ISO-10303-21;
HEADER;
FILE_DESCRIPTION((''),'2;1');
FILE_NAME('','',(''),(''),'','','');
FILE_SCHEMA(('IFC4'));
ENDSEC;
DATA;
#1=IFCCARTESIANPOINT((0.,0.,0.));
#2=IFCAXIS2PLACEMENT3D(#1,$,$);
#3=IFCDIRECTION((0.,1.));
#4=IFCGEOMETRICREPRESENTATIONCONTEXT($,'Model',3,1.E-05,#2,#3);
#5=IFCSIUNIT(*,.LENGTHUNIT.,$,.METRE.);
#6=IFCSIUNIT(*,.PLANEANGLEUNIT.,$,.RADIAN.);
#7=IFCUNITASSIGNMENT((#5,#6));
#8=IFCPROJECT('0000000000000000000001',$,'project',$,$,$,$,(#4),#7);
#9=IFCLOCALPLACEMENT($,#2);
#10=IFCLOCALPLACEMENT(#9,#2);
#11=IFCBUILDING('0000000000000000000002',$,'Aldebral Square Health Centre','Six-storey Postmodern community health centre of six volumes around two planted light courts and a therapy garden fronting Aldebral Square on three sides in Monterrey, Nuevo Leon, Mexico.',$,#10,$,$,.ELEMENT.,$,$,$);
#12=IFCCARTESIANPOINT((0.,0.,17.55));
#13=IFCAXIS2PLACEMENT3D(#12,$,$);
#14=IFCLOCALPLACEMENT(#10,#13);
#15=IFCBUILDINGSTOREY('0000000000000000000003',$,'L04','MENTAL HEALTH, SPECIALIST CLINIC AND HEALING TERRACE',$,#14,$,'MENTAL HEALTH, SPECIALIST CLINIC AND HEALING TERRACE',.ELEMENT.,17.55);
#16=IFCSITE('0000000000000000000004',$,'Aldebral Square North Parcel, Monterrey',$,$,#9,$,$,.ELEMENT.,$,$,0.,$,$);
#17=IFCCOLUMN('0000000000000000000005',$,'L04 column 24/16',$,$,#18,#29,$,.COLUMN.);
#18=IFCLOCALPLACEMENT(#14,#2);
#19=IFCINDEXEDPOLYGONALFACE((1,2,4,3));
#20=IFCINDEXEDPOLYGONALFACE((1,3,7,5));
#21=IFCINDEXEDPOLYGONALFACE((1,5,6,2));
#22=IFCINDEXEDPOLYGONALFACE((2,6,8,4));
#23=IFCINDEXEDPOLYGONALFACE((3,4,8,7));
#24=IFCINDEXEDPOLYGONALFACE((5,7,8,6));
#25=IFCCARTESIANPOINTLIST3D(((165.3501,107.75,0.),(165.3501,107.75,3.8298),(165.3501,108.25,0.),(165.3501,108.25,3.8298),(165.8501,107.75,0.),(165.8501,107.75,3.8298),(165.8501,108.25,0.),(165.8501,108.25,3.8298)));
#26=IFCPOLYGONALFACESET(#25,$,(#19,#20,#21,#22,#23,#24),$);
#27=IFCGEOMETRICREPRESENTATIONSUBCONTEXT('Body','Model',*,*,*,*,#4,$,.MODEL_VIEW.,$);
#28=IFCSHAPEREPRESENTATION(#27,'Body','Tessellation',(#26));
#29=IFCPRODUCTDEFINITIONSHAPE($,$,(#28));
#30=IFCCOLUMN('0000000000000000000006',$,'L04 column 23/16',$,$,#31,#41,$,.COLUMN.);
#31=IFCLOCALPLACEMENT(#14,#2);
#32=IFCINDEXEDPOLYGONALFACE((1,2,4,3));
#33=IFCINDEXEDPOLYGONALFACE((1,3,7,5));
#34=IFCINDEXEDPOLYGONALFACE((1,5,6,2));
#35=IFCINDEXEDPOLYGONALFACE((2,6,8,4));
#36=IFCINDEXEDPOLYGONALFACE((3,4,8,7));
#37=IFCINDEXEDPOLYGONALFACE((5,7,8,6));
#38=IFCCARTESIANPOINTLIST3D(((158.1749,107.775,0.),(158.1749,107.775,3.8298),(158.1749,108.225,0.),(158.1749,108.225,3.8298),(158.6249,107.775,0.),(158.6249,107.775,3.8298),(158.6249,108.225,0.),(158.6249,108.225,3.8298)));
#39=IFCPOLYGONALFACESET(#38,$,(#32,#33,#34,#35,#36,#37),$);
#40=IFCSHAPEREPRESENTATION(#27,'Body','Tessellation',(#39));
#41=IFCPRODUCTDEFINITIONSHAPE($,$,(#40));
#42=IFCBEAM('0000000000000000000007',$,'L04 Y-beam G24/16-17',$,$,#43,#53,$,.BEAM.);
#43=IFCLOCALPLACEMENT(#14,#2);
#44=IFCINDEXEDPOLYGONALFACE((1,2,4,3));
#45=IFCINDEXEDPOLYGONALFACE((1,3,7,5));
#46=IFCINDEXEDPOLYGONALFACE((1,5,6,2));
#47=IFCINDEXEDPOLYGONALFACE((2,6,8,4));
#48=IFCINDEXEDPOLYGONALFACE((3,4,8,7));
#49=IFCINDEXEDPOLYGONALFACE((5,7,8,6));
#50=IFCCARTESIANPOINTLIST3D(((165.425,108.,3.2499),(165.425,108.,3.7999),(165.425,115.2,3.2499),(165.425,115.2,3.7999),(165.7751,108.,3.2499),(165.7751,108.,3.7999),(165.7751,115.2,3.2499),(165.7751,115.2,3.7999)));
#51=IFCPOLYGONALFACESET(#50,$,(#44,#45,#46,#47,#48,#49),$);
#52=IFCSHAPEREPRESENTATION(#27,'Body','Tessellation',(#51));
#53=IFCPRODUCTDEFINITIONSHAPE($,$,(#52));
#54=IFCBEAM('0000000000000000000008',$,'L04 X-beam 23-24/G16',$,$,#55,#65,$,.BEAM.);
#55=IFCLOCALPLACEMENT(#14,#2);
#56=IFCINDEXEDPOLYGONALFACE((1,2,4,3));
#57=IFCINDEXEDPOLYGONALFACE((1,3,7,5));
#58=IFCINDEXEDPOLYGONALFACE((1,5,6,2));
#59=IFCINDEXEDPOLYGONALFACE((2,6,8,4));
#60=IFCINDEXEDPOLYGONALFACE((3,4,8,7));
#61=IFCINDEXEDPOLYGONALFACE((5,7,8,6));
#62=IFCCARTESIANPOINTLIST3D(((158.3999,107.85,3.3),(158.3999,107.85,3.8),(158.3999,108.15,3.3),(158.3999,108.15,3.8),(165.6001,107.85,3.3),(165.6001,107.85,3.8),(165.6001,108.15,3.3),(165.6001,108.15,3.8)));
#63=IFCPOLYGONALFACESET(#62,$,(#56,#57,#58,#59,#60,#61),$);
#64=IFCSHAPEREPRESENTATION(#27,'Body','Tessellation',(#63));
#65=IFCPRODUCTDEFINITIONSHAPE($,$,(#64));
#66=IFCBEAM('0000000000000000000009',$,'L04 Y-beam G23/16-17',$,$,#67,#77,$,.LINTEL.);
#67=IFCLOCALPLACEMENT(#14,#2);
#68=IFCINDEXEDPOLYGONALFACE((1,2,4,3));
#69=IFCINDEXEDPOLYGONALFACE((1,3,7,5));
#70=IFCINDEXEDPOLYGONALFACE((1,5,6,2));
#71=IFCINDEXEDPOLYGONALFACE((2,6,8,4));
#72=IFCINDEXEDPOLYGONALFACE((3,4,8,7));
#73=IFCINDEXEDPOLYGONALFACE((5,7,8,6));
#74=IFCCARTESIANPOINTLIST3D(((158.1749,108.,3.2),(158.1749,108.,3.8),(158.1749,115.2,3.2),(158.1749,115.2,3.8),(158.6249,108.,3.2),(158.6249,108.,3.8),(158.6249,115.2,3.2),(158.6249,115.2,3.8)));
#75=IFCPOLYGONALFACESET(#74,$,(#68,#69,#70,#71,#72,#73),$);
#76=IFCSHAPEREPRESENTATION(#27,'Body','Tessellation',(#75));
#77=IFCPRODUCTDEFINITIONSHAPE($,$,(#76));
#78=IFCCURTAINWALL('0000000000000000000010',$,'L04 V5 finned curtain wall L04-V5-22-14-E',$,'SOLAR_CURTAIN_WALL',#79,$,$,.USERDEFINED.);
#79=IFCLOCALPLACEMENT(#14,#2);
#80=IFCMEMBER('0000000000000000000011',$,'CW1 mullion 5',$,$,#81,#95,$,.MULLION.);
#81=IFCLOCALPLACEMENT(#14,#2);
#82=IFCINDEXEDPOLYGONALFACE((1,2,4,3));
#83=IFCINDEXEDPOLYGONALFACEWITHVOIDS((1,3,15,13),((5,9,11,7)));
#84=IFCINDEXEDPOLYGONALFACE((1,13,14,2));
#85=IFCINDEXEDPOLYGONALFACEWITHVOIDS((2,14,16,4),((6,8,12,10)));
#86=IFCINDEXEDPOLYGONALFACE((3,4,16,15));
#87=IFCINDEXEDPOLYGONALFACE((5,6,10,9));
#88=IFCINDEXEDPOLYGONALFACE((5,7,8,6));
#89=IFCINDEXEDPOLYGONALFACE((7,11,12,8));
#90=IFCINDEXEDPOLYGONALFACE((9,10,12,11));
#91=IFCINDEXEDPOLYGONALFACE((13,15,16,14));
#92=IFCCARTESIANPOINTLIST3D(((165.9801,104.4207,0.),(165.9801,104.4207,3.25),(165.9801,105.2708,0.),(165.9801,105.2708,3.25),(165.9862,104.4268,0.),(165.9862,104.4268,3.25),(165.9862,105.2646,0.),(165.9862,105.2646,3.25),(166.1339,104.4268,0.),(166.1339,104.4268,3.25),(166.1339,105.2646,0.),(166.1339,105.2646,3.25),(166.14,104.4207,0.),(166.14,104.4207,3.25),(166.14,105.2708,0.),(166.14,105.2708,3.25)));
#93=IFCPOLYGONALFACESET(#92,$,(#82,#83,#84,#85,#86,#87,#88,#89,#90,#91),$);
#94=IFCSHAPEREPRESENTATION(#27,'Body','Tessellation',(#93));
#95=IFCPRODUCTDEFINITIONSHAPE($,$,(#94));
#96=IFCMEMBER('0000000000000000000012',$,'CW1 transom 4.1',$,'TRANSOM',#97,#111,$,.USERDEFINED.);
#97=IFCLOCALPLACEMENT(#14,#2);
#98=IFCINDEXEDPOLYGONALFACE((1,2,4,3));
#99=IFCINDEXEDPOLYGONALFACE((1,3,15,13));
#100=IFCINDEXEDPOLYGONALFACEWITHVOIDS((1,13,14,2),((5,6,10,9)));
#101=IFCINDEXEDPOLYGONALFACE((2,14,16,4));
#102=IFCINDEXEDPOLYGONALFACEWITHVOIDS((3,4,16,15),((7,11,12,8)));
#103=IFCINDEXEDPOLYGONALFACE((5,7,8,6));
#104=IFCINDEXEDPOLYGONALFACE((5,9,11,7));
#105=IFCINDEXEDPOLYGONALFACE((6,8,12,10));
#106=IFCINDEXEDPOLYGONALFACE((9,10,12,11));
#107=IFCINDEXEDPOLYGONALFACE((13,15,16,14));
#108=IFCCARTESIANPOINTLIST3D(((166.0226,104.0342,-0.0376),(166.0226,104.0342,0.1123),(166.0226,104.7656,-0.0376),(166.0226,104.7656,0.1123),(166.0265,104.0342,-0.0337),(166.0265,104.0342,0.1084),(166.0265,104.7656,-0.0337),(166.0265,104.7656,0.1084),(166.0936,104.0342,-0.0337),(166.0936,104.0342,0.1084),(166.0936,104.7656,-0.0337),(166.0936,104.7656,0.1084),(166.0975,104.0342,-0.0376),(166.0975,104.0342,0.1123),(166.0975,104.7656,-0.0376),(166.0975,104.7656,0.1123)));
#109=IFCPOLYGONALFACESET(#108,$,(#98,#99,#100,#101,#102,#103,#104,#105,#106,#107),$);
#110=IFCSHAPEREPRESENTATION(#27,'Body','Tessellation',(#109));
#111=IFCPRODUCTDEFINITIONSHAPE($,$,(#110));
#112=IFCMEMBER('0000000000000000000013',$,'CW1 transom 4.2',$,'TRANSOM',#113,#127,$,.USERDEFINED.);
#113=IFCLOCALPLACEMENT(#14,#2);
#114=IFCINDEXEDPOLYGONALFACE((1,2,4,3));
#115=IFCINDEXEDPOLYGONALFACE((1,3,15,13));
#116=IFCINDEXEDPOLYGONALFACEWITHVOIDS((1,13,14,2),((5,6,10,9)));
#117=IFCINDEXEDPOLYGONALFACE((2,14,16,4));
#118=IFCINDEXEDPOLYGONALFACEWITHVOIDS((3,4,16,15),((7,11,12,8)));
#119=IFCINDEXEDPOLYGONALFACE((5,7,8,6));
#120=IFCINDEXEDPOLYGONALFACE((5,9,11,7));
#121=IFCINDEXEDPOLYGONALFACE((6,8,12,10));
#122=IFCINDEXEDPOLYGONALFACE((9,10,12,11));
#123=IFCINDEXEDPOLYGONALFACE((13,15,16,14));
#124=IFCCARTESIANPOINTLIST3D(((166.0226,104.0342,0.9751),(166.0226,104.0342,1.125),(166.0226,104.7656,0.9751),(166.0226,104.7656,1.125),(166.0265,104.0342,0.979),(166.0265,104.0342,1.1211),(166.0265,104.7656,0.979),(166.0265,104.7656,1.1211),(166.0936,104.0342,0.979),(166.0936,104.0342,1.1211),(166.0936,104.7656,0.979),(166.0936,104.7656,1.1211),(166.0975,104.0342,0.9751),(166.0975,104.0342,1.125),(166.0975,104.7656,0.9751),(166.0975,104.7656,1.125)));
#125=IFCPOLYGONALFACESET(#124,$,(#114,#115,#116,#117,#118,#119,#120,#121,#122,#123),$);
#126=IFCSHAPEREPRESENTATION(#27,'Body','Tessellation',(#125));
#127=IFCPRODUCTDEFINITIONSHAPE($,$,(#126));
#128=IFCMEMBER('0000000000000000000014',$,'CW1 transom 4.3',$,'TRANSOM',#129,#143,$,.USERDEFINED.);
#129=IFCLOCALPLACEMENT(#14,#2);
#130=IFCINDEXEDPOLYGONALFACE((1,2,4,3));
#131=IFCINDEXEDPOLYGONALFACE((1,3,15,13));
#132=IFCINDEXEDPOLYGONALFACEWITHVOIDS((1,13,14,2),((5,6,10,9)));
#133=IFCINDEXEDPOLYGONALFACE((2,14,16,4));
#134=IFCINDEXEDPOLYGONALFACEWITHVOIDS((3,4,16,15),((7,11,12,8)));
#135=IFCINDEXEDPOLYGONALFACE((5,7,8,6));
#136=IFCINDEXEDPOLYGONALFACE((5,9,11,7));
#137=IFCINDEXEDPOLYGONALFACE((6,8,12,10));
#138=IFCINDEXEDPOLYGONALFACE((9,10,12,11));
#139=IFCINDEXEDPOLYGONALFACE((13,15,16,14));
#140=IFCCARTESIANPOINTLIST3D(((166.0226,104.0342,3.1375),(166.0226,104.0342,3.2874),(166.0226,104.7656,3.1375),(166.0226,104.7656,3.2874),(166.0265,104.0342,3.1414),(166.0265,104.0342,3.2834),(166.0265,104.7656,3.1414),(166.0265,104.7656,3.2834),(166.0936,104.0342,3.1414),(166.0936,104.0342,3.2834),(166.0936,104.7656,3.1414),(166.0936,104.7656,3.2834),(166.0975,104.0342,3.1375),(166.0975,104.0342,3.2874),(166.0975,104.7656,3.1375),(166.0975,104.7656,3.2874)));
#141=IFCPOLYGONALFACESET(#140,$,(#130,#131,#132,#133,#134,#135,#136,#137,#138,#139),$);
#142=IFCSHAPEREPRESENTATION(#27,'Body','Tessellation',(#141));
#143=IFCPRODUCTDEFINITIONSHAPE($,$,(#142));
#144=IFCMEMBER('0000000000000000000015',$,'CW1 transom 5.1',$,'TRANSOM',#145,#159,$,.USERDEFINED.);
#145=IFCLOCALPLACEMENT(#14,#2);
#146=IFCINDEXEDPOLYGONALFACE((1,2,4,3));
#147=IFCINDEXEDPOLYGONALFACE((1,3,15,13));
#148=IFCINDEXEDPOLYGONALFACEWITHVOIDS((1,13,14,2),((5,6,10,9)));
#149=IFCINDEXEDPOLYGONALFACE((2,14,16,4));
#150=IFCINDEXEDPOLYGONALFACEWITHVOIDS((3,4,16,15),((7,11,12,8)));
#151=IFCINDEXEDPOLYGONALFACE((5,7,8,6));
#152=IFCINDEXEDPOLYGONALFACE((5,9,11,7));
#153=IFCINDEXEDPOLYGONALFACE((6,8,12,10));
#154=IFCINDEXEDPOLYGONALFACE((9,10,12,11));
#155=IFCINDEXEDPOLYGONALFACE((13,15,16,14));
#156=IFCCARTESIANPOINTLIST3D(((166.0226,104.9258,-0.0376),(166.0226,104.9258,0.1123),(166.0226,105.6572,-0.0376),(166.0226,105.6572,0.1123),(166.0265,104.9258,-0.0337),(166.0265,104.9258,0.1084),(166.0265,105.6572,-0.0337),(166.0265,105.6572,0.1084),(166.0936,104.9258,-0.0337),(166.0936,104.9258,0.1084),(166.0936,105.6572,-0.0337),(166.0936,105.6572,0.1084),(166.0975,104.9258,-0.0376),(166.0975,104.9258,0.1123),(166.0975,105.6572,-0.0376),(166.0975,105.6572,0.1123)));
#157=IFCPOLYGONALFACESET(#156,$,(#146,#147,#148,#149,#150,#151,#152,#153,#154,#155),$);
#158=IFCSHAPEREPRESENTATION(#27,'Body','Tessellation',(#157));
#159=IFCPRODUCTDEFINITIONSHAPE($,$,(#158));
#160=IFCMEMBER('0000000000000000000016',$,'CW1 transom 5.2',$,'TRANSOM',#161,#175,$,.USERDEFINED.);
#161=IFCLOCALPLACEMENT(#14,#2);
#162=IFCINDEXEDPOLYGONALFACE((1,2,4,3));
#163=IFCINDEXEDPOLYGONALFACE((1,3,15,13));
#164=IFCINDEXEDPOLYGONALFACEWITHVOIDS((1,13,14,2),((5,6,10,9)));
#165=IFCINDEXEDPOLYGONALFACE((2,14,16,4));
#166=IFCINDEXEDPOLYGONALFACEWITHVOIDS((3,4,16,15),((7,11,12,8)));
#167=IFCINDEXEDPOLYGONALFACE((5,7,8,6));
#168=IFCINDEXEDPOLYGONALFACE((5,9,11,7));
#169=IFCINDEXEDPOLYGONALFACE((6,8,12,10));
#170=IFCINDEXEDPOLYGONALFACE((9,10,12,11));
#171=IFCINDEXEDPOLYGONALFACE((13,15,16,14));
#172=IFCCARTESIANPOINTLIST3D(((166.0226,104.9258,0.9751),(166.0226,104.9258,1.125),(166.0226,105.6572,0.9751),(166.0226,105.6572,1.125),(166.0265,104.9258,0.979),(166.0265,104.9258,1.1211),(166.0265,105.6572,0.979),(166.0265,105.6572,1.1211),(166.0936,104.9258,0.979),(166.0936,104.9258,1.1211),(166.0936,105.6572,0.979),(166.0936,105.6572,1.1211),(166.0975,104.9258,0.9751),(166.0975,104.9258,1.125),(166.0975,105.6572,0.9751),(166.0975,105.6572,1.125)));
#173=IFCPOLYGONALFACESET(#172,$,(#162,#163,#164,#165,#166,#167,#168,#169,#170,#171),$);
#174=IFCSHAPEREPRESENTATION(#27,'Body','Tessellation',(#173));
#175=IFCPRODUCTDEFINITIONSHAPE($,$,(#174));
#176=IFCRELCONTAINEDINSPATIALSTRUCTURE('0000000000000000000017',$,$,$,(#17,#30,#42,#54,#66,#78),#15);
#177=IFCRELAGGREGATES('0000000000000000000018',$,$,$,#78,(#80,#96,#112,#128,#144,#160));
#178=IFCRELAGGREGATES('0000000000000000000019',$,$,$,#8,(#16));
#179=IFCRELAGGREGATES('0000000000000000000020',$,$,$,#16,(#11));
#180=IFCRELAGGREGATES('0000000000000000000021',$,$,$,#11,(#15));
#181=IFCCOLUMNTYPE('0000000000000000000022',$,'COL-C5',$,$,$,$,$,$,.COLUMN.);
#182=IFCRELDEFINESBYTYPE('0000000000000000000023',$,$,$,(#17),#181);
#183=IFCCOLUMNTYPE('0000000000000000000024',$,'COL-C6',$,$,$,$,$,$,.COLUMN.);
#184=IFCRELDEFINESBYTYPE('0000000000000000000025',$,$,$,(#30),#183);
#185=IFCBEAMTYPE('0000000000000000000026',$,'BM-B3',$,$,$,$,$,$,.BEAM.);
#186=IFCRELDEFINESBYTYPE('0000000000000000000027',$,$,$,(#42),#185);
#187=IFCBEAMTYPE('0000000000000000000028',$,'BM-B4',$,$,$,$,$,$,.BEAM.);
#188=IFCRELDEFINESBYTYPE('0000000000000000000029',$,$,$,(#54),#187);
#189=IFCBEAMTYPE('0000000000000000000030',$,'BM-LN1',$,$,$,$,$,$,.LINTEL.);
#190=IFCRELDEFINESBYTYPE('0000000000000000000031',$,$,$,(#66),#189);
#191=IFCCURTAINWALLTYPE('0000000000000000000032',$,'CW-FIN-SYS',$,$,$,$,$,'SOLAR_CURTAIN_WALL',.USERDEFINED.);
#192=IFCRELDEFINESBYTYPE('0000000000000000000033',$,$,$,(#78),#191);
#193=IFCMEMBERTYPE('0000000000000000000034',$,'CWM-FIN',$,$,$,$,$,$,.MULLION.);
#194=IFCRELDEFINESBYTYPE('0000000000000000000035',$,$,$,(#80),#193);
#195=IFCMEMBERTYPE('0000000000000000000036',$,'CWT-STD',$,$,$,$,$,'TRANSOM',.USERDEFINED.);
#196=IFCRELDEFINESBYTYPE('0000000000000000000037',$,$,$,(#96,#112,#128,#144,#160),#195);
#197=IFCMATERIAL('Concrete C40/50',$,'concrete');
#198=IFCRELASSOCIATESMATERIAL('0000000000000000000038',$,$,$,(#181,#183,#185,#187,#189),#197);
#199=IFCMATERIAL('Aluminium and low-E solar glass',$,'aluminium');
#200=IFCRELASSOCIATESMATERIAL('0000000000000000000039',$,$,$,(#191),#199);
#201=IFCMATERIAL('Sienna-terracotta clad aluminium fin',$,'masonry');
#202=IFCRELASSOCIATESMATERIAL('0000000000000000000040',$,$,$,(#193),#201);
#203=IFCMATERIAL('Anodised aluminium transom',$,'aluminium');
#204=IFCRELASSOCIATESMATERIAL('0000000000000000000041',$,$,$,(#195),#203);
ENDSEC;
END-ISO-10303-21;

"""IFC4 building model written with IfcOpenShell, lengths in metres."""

from ifc_helpers import new_model, si_unit, direction, frame, origin, origin_2d, place, context, subcontext, project, spatial, rectangle, hollow_rectangle, extrude, material, material_profile, profile_set, type_object, element, aggregate, save


model = new_model("IFC4")

# Units and contexts
model_context = context("Model", 3, precision=1e-05, world=origin(), true_north=direction((0.0, 1.0)))
body_context = subcontext(model_context, "Body", "Model", "MODEL_VIEW")
ifc_project = project(units=[si_unit("LENGTHUNIT", "METRE"), si_unit("PLANEANGLEUNIT", "RADIAN")], contexts=[model_context])

# Site, building, storey
site_placement = place(None, origin())
site = spatial("IfcSite", under=ifc_project, at=site_placement, Name="Aldebral Square North Parcel, Monterrey", CompositionType="ELEMENT", RefElevation=0.0)
building_placement = place(site_placement, origin())
building = spatial("IfcBuilding", under=site, at=building_placement, Name="Aldebral Square Health Centre", Description="Six-storey Postmodern community health centre of six volumes around two planted light courts and a therapy garden fronting Aldebral Square on three sides in Monterrey, Nuevo Leon, Mexico.", CompositionType="ELEMENT")
storey_placement = place(building_placement, frame((0.0, 0.0, 17.55)))
storey = spatial("IfcBuildingStorey", under=building, at=storey_placement, Name="L04", Description="MENTAL HEALTH, SPECIALIST CLINIC AND HEALING TERRACE", LongName="MENTAL HEALTH, SPECIALIST CLINIC AND HEALING TERRACE", CompositionType="ELEMENT", Elevation=17.55)

# Columns
ifc_material_1 = material(Name="Concrete C40/50", Category="concrete")
ifc_material_profile_1 = material_profile(ifc_material_1, rectangle(XDim=0.5, YDim=0.5, at=origin_2d()), Name="RC 500x500")
ifc_profile_set_1 = profile_set([ifc_material_profile_1], Name="Concrete C40/50")
column_type_1 = type_object("IfcColumnType", Name="COL-C5", PredefinedType="COLUMN", material=ifc_profile_set_1)
column_1_placement = place(storey_placement, frame((165.6001, 108.0, 0.0), z_axis=(0.0, 0.0, 1.0), x_axis=(1.0, 0.0, 0.0)))
element("IfcColumn", 1, at=column_1_placement, inside=storey, type_object=column_type_1, Name="L04 column 24/16", PredefinedType="COLUMN", context=body_context, shape_type="SweptSolid", body=[
    extrude(rectangle(XDim=0.5, YDim=0.5, at=origin_2d()), origin(), (0.0, 0.0, 1.0), 3.8298),
])
ifc_material_profile_2 = material_profile(ifc_material_1, rectangle(XDim=0.45, YDim=0.45, at=origin_2d()), Name="RC 450x450")
ifc_profile_set_2 = profile_set([ifc_material_profile_2], Name="Concrete C40/50")
column_type_2 = type_object("IfcColumnType", Name="COL-C6", PredefinedType="COLUMN", material=ifc_profile_set_2)
column_2_placement = place(storey_placement, frame((158.3999, 108.0, 0.0), z_axis=(0.0, 0.0, 1.0), x_axis=(1.0, 0.0, 0.0)))
element("IfcColumn", 2, at=column_2_placement, inside=storey, type_object=column_type_2, Name="L04 column 23/16", PredefinedType="COLUMN", context=body_context, shape_type="SweptSolid", body=[
    extrude(rectangle(XDim=0.45, YDim=0.45, at=origin_2d()), origin(), (0.0, 0.0, 1.0), 3.8298),
])

# Beams
ifc_material_profile_3 = material_profile(ifc_material_1, rectangle(XDim=0.3501, YDim=0.55, at=origin_2d()), Name="RC 350x550")
ifc_profile_set_3 = profile_set([ifc_material_profile_3], Name="Concrete C40/50")
beam_type_1 = type_object("IfcBeamType", Name="BM-B3", PredefinedType="BEAM", material=ifc_profile_set_3)
beam_1_placement = place(storey_placement, frame((165.6001, 108.0, 3.5249), z_axis=(0.0, 1.0, 0.0), x_axis=(-1.0, 0.0, 0.0)))
element("IfcBeam", 3, at=beam_1_placement, inside=storey, type_object=beam_type_1, Name="L04 Y-beam G24/16-17", PredefinedType="BEAM", context=body_context, shape_type="SweptSolid", body=[
    extrude(rectangle(XDim=0.3501, YDim=0.55, at=origin_2d()), origin(), (0.0, 0.0, 1.0), 7.2),
])
ifc_material_profile_4 = material_profile(ifc_material_1, rectangle(XDim=0.3, YDim=0.5, at=origin_2d()), Name="RC 300x500")
ifc_profile_set_4 = profile_set([ifc_material_profile_4], Name="Concrete C40/50")
beam_type_2 = type_object("IfcBeamType", Name="BM-B4", PredefinedType="BEAM", material=ifc_profile_set_4)
beam_2_placement = place(storey_placement, frame((158.3999, 108.0, 3.55), z_axis=(1.0, 0.0, 0.0), x_axis=(0.0, 1.0, 0.0)))
element("IfcBeam", 4, at=beam_2_placement, inside=storey, type_object=beam_type_2, Name="L04 X-beam 23-24/G16", PredefinedType="BEAM", context=body_context, shape_type="SweptSolid", body=[
    extrude(rectangle(XDim=0.3, YDim=0.5, at=origin_2d()), origin(), (0.0, 0.0, 1.0), 7.2002),
])
ifc_material_profile_5 = material_profile(ifc_material_1, rectangle(XDim=0.45, YDim=0.6001, at=origin_2d()), Name="RC 450x600")
ifc_profile_set_5 = profile_set([ifc_material_profile_5], Name="Concrete C40/50")
beam_type_3 = type_object("IfcBeamType", Name="BM-LN1", PredefinedType="LINTEL", material=ifc_profile_set_5)
beam_3_placement = place(storey_placement, frame((158.3999, 108.0, 3.5), z_axis=(0.0, 1.0, 0.0), x_axis=(-1.0, 0.0, 0.0)))
element("IfcBeam", 5, at=beam_3_placement, inside=storey, type_object=beam_type_3, Name="L04 Y-beam G23/16-17", PredefinedType="LINTEL", context=body_context, shape_type="SweptSolid", body=[
    extrude(rectangle(XDim=0.45, YDim=0.6001, at=origin_2d()), origin(), (0.0, 0.0, 1.0), 7.2),
])

# Curtain wall, members
ifc_material_2 = material(Name="Aluminium and low-E solar glass", Category="aluminium")
curtain_wall_type = type_object("IfcCurtainWallType", Name="CW-FIN-SYS", ElementType="SOLAR_CURTAIN_WALL", PredefinedType="USERDEFINED", material=ifc_material_2)
curtain_wall_placement = place(storey_placement, origin())
curtain_wall = element("IfcCurtainWall", 6, at=curtain_wall_placement, inside=storey, type_object=curtain_wall_type, Name="L04 V5 finned curtain wall L04-V5-22-14-E", ObjectType="SOLAR_CURTAIN_WALL", PredefinedType="USERDEFINED")
ifc_material_3 = material(Name="Sienna-terracotta clad aluminium fin", Category="masonry")
ifc_material_profile_6 = material_profile(ifc_material_3, hollow_rectangle(XDim=0.1599, YDim=0.8501, WallThickness=0.0061, at=origin_2d()), Name="FIN 160x850x6")
ifc_profile_set_6 = profile_set([ifc_material_profile_6], Name="Sienna-terracotta clad aluminium fin")
member_type_1 = type_object("IfcMemberType", Name="CWM-FIN", PredefinedType="MULLION", material=ifc_profile_set_6)
member_1_placement = place(storey_placement, frame((166.0601, 104.8457, 0.0), z_axis=(0.0, 0.0, 1.0), x_axis=(-1.0, 0.0, 0.0)))
member_1 = element("IfcMember", 7, at=member_1_placement, type_object=member_type_1, Name="CW1 mullion 5", PredefinedType="MULLION", context=body_context, shape_type="SweptSolid", body=[
    extrude(hollow_rectangle(XDim=0.1599, YDim=0.8501, WallThickness=0.0061, at=origin_2d()), origin(), (0.0, 0.0, 1.0), 3.25),
])
ifc_material_4 = material(Name="Anodised aluminium transom", Category="aluminium")
ifc_material_profile_7 = material_profile(ifc_material_4, hollow_rectangle(XDim=0.075, YDim=0.1499, WallThickness=0.0039, at=origin_2d()), Name="CWT 75x150x4")
ifc_profile_set_7 = profile_set([ifc_material_profile_7], Name="Anodised aluminium transom")
member_type_2 = type_object("IfcMemberType", Name="CWT-STD", ElementType="TRANSOM", PredefinedType="USERDEFINED", material=ifc_profile_set_7)
member_2_placement = place(storey_placement, frame((166.0601, 104.0342, 0.0374), z_axis=(0.0, 1.0, 0.0), x_axis=(-1.0, 0.0, 0.0)))
member_2 = element("IfcMember", 8, at=member_2_placement, type_object=member_type_2, Name="CW1 transom 4.1", ObjectType="TRANSOM", PredefinedType="USERDEFINED", context=body_context, shape_type="SweptSolid", body=[
    extrude(hollow_rectangle(XDim=0.075, YDim=0.1499, WallThickness=0.0039, at=origin_2d()), origin(), (0.0, 0.0, 1.0), 0.7314),
])
member_3_placement = place(storey_placement, frame((166.0601, 104.0342, 1.05), z_axis=(0.0, 1.0, 0.0), x_axis=(-1.0, 0.0, 0.0)))
member_3 = element("IfcMember", 9, at=member_3_placement, type_object=member_type_2, Name="CW1 transom 4.2", ObjectType="TRANSOM", PredefinedType="USERDEFINED", context=body_context, shape_type="SweptSolid", body=[
    extrude(hollow_rectangle(XDim=0.075, YDim=0.1499, WallThickness=0.0039, at=origin_2d()), origin(), (0.0, 0.0, 1.0), 0.7314),
])
member_4_placement = place(storey_placement, frame((166.0601, 104.0342, 3.2124), z_axis=(0.0, 1.0, 0.0), x_axis=(-1.0, 0.0, 0.0)))
member_4 = element("IfcMember", 10, at=member_4_placement, type_object=member_type_2, Name="CW1 transom 4.3", ObjectType="TRANSOM", PredefinedType="USERDEFINED", context=body_context, shape_type="SweptSolid", body=[
    extrude(hollow_rectangle(XDim=0.075, YDim=0.1499, WallThickness=0.0039, at=origin_2d()), origin(), (0.0, 0.0, 1.0), 0.7314),
])
member_5_placement = place(storey_placement, frame((166.0601, 104.9258, 0.0374), z_axis=(0.0, 1.0, 0.0), x_axis=(-1.0, 0.0, 0.0)))
member_5 = element("IfcMember", 11, at=member_5_placement, type_object=member_type_2, Name="CW1 transom 5.1", ObjectType="TRANSOM", PredefinedType="USERDEFINED", context=body_context, shape_type="SweptSolid", body=[
    extrude(hollow_rectangle(XDim=0.075, YDim=0.1499, WallThickness=0.0039, at=origin_2d()), origin(), (0.0, 0.0, 1.0), 0.7314),
])
member_6_placement = place(storey_placement, frame((166.0601, 104.9258, 1.05), z_axis=(0.0, 1.0, 0.0), x_axis=(-1.0, 0.0, 0.0)))
member_6 = element("IfcMember", 12, at=member_6_placement, type_object=member_type_2, Name="CW1 transom 5.2", ObjectType="TRANSOM", PredefinedType="USERDEFINED", context=body_context, shape_type="SweptSolid", body=[
    extrude(hollow_rectangle(XDim=0.075, YDim=0.1499, WallThickness=0.0039, at=origin_2d()), origin(), (0.0, 0.0, 1.0), 0.7314),
])
aggregate(curtain_wall, [member_1, member_2, member_3, member_4, member_5, member_6])

save(model, "model.ifc")
